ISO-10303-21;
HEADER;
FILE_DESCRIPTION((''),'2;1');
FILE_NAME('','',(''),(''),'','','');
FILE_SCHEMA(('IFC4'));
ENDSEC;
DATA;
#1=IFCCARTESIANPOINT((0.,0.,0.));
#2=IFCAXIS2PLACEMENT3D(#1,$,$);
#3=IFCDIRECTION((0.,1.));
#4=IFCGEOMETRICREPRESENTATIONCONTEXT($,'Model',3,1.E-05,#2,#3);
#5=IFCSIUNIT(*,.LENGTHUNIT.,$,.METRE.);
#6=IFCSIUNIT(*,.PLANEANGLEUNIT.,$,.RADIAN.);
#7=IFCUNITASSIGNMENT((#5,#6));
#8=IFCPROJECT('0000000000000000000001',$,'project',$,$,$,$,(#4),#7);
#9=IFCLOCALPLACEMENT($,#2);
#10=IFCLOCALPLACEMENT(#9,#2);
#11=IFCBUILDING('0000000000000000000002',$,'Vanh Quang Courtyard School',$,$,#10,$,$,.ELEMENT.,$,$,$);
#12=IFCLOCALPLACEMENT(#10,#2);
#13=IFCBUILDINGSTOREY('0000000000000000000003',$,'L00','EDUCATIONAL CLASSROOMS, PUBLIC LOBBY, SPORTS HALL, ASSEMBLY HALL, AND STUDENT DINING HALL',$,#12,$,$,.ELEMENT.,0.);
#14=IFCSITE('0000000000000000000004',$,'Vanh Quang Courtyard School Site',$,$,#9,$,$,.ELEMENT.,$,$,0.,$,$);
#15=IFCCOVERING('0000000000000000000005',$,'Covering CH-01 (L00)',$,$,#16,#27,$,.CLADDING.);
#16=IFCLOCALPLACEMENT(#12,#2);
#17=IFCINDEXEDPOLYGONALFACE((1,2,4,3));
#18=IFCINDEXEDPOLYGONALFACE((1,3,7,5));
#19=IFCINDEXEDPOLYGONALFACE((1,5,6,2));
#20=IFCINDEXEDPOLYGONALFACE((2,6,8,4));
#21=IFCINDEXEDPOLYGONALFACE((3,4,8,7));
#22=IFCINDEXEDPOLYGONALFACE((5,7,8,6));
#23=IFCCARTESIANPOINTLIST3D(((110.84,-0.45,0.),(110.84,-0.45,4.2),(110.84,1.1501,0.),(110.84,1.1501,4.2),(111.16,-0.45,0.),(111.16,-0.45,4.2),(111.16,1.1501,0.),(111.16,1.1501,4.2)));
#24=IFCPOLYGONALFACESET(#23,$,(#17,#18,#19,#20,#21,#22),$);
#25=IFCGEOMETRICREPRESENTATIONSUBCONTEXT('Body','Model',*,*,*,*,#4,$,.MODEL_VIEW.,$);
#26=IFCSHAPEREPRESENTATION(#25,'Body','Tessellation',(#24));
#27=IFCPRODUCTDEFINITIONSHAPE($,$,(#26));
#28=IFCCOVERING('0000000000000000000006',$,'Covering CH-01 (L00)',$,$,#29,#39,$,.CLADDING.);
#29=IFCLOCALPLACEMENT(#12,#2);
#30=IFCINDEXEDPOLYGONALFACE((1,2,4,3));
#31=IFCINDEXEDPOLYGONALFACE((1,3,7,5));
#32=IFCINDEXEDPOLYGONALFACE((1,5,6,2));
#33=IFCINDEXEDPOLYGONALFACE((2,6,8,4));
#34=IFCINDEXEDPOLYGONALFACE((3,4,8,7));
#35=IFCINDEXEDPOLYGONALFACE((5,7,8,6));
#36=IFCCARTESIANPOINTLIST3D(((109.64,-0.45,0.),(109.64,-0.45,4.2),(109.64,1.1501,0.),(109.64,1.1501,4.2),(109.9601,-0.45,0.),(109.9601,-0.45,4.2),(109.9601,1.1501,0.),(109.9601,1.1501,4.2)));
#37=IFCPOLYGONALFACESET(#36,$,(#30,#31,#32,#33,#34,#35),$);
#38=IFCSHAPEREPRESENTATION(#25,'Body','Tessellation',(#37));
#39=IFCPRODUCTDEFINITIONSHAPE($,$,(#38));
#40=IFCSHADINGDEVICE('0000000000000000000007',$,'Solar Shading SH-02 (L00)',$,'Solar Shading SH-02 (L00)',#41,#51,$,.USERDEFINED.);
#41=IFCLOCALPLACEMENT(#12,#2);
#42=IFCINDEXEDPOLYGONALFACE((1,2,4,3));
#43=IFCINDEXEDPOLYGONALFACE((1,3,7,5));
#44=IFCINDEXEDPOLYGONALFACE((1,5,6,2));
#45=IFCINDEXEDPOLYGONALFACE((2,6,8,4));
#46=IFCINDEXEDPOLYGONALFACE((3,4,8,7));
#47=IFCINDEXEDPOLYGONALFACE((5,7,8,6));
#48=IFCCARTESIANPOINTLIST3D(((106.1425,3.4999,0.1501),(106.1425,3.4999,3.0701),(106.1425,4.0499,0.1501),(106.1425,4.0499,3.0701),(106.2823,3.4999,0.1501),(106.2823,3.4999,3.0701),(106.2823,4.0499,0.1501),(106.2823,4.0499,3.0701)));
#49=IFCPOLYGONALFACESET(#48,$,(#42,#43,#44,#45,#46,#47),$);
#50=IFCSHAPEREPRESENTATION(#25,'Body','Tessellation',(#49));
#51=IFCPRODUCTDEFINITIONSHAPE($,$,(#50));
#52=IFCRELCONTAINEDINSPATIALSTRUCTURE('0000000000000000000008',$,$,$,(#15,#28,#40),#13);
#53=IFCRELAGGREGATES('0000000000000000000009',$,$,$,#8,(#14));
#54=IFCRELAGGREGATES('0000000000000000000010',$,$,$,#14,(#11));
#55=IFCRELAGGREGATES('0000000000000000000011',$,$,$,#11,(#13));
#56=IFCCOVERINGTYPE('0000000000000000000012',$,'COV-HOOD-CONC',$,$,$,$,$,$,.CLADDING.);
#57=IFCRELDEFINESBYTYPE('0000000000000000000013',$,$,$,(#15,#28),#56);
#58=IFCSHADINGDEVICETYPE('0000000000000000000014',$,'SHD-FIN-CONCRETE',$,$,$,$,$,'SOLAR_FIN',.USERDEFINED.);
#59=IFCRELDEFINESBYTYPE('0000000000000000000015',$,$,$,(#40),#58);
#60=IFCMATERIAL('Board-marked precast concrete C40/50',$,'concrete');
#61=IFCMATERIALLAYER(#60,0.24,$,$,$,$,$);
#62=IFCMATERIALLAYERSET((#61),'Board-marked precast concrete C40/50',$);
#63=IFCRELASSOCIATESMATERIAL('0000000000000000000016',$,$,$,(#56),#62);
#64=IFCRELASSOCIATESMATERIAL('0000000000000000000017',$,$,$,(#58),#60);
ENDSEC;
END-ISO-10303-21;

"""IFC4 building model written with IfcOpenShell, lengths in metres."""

from ifc_helpers import new_model, si_unit, direction, frame, origin, origin_2d, place, context, subcontext, project, spatial, rectangle, extrude, material, layer, layer_set, type_object, element, save


model = new_model("IFC4")

# Units and contexts
model_context = context("Model", 3, precision=1e-05, world=origin(), true_north=direction((0.0, 1.0)))
body_context = subcontext(model_context, "Body", "Model", "MODEL_VIEW")
ifc_project = project(units=[si_unit("LENGTHUNIT", "METRE"), si_unit("PLANEANGLEUNIT", "RADIAN")], contexts=[model_context])

# Site, building, storey
site_placement = place(None, origin())
site = spatial("IfcSite", under=ifc_project, at=site_placement, Name="Vanh Quang Courtyard School Site", CompositionType="ELEMENT", RefElevation=0.0)
building_placement = place(site_placement, origin())
building = spatial("IfcBuilding", under=site, at=building_placement, Name="Vanh Quang Courtyard School", CompositionType="ELEMENT")
storey_placement = place(building_placement, origin())
storey = spatial("IfcBuildingStorey", under=building, at=storey_placement, Name="L00", Description="EDUCATIONAL CLASSROOMS, PUBLIC LOBBY, SPORTS HALL, ASSEMBLY HALL, AND STUDENT DINING HALL", CompositionType="ELEMENT", Elevation=0.0)

# Coverings
ifc_material_1 = material(Name="Board-marked precast concrete C40/50", Category="concrete")
ifc_layer_1 = layer(ifc_material_1, 0.24)
ifc_layer_set_1 = layer_set([ifc_layer_1], Name="Board-marked precast concrete C40/50")
covering_type = type_object("IfcCoveringType", Name="COV-HOOD-CONC", PredefinedType="CLADDING", material=ifc_layer_set_1)
for number, where, z_axis, x_axis, name in (
    (1, (111.0, 0.3501, 0.0), (0.0, 0.0, 1.0), (0.0, 1.0, 0.0), "Covering CH-01 (L00)"),
    (2, (109.8, 0.3501, 0.0), (0.0, 0.0, 1.0), (0.0, 1.0, 0.0), "Covering CH-01 (L00)"),
):
    element("IfcCovering", number, at=place(storey_placement, frame(where, z_axis=z_axis, x_axis=x_axis)), inside=storey, type_object=covering_type, Name=name, PredefinedType="CLADDING", context=body_context, shape_type="SweptSolid", body=[
        extrude(rectangle(XDim=1.6001, YDim=0.3201, at=origin_2d()), origin(), (0.0, 0.0, 1.0), 4.2),
    ])

# Shading device
shading_device_type = type_object("IfcShadingDeviceType", Name="SHD-FIN-CONCRETE", ElementType="SOLAR_FIN", PredefinedType="USERDEFINED", material=ifc_material_1)
shading_device_placement = place(storey_placement, frame((106.2124, 3.7749, 0.1501), z_axis=(0.0, 0.0, 1.0), x_axis=(-1.0, 0.0, 0.0)))
element("IfcShadingDevice", 3, at=shading_device_placement, inside=storey, type_object=shading_device_type, Name="Solar Shading SH-02 (L00)", ObjectType="Solar Shading SH-02 (L00)", PredefinedType="USERDEFINED", context=body_context, shape_type="SweptSolid", body=[
    extrude(rectangle(XDim=0.1399, YDim=0.55, at=origin_2d()), origin(), (0.0, 0.0, 1.0), 2.9199),
])

save(model, "model.ifc")
